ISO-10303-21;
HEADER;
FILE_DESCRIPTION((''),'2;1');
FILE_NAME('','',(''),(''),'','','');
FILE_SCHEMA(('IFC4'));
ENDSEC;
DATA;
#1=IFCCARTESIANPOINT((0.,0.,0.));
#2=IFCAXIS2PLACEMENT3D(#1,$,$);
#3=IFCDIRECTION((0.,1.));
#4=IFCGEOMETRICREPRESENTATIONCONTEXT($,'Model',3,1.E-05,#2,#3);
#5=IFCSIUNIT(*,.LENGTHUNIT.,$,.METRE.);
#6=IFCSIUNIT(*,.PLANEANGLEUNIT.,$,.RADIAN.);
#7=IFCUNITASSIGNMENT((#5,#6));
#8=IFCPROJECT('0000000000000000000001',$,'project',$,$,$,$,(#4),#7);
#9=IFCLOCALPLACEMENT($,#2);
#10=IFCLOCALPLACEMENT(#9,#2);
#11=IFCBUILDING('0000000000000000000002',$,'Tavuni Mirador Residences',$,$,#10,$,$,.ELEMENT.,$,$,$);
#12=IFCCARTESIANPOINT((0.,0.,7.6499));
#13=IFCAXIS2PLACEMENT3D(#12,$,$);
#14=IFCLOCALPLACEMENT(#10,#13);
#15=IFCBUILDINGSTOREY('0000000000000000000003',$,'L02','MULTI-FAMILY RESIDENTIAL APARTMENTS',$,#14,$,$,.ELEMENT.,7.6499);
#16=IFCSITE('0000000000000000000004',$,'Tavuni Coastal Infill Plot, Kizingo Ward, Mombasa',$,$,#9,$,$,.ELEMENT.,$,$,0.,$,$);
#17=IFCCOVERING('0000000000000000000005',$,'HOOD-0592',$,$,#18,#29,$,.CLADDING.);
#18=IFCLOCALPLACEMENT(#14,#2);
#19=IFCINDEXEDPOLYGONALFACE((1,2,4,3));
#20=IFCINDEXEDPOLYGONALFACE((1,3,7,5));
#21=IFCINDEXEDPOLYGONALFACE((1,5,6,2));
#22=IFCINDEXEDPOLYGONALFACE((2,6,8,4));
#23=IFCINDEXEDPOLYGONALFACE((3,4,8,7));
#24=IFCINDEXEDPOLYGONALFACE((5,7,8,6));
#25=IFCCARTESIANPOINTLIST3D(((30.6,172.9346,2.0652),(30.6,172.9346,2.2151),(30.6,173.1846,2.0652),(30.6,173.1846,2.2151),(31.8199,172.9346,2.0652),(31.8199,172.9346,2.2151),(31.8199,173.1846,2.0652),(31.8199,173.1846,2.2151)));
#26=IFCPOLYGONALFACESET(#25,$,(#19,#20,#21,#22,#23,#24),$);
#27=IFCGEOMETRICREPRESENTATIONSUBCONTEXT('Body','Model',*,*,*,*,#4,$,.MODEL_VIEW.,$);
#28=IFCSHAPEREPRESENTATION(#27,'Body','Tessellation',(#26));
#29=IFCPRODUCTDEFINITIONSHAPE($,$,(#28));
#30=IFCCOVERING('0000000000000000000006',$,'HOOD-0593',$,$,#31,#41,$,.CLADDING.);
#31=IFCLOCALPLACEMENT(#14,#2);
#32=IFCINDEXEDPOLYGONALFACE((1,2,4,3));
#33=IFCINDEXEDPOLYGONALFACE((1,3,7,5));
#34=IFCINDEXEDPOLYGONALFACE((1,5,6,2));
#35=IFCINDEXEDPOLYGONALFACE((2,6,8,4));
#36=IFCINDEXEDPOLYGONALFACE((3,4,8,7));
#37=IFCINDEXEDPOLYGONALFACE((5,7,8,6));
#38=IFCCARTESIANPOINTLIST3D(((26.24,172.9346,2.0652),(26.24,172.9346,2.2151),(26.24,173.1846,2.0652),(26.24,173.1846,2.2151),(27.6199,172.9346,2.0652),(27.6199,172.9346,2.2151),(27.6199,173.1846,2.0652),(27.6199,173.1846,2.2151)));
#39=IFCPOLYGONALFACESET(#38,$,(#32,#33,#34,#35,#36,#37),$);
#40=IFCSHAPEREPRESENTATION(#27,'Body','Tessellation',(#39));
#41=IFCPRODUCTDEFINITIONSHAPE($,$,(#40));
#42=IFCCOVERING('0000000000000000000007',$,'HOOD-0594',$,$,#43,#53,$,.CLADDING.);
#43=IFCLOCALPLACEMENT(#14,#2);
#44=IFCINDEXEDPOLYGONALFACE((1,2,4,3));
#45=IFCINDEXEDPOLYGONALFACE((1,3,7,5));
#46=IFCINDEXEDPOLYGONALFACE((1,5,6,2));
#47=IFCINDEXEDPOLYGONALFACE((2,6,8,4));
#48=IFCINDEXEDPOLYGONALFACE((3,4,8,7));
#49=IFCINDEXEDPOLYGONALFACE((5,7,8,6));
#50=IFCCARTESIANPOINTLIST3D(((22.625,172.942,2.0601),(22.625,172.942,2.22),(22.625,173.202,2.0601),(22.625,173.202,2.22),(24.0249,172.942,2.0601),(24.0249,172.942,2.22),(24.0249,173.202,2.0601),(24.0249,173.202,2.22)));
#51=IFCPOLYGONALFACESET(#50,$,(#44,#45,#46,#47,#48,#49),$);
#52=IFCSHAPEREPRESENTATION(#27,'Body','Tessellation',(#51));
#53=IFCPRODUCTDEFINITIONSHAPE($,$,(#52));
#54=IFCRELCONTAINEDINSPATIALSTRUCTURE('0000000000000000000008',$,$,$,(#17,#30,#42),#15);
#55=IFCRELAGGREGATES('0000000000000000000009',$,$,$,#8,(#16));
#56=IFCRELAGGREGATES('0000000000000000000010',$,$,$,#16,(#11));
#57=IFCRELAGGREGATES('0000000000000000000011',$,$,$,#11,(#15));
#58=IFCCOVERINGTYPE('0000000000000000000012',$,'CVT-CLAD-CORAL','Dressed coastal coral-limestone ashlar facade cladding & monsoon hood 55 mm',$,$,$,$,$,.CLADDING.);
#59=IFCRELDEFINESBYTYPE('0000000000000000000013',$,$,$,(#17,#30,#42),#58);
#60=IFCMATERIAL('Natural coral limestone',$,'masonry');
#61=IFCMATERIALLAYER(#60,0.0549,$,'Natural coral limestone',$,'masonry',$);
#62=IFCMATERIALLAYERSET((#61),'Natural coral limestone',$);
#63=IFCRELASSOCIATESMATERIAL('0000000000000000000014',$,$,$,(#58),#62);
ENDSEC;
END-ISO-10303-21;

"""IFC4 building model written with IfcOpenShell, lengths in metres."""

from ifc_helpers import new_model, si_unit, direction, frame, origin, origin_2d, place, context, subcontext, project, spatial, rectangle, extrude, material, layer, layer_set, type_object, element, save


model = new_model("IFC4")

# Units and contexts
model_context = context("Model", 3, precision=1e-05, world=origin(), true_north=direction((0.0, 1.0)))
body_context = subcontext(model_context, "Body", "Model", "MODEL_VIEW")
ifc_project = project(units=[si_unit("LENGTHUNIT", "METRE"), si_unit("PLANEANGLEUNIT", "RADIAN")], contexts=[model_context])

# Site, building, storey
site_placement = place(None, origin())
site = spatial("IfcSite", under=ifc_project, at=site_placement, Name="Tavuni Coastal Infill Plot, Kizingo Ward, Mombasa", CompositionType="ELEMENT", RefElevation=0.0)
building_placement = place(site_placement, origin())
building = spatial("IfcBuilding", under=site, at=building_placement, Name="Tavuni Mirador Residences", CompositionType="ELEMENT")
storey_placement = place(building_placement, frame((0.0, 0.0, 7.6499)))
storey = spatial("IfcBuildingStorey", under=building, at=storey_placement, Name="L02", Description="MULTI-FAMILY RESIDENTIAL APARTMENTS", CompositionType="ELEMENT", Elevation=7.6499)

# Coverings
ifc_material_1 = material(Name="Natural coral limestone", Category="masonry")
ifc_layer_1 = layer(ifc_material_1, 0.0549, Name="Natural coral limestone", Category="masonry")
ifc_layer_set_1 = layer_set([ifc_layer_1], Name="Natural coral limestone")
covering_type = type_object("IfcCoveringType", Name="CVT-CLAD-CORAL", Description="Dressed coastal coral-limestone ashlar facade cladding & monsoon hood 55 mm", PredefinedType="CLADDING", material=ifc_layer_set_1)
covering_1_placement = place(storey_placement, frame((31.21, 173.0596, 2.0652), z_axis=(0.0, 0.0, 1.0), x_axis=(-1.0, 0.0, 0.0)))
element("IfcCovering", 1, at=covering_1_placement, inside=storey, type_object=covering_type, Name="HOOD-0592", PredefinedType="CLADDING", context=body_context, shape_type="SweptSolid", body=[
    extrude(rectangle(XDim=1.22, YDim=0.25, at=origin_2d()), origin(), (0.0, 0.0, 1.0), 0.1499),
])
covering_2_placement = place(storey_placement, frame((26.9299, 173.0596, 2.0652), z_axis=(0.0, 0.0, 1.0), x_axis=(-1.0, 0.0, 0.0)))
element("IfcCovering", 2, at=covering_2_placement, inside=storey, type_object=covering_type, Name="HOOD-0593", PredefinedType="CLADDING", context=body_context, shape_type="SweptSolid", body=[
    extrude(rectangle(XDim=1.3799, YDim=0.25, at=origin_2d()), origin(), (0.0, 0.0, 1.0), 0.1499),
])
covering_3_placement = place(storey_placement, frame((23.325, 173.072, 2.0601), z_axis=(0.0, 0.0, 1.0), x_axis=(-1.0, 0.0, 0.0)))
element("IfcCovering", 3, at=covering_3_placement, inside=storey, type_object=covering_type, Name="HOOD-0594", PredefinedType="CLADDING", context=body_context, shape_type="SweptSolid", body=[
    extrude(rectangle(XDim=1.3999, YDim=0.26, at=origin_2d()), origin(), (0.0, 0.0, 1.0), 0.1599),
])

save(model, "model.ifc")
